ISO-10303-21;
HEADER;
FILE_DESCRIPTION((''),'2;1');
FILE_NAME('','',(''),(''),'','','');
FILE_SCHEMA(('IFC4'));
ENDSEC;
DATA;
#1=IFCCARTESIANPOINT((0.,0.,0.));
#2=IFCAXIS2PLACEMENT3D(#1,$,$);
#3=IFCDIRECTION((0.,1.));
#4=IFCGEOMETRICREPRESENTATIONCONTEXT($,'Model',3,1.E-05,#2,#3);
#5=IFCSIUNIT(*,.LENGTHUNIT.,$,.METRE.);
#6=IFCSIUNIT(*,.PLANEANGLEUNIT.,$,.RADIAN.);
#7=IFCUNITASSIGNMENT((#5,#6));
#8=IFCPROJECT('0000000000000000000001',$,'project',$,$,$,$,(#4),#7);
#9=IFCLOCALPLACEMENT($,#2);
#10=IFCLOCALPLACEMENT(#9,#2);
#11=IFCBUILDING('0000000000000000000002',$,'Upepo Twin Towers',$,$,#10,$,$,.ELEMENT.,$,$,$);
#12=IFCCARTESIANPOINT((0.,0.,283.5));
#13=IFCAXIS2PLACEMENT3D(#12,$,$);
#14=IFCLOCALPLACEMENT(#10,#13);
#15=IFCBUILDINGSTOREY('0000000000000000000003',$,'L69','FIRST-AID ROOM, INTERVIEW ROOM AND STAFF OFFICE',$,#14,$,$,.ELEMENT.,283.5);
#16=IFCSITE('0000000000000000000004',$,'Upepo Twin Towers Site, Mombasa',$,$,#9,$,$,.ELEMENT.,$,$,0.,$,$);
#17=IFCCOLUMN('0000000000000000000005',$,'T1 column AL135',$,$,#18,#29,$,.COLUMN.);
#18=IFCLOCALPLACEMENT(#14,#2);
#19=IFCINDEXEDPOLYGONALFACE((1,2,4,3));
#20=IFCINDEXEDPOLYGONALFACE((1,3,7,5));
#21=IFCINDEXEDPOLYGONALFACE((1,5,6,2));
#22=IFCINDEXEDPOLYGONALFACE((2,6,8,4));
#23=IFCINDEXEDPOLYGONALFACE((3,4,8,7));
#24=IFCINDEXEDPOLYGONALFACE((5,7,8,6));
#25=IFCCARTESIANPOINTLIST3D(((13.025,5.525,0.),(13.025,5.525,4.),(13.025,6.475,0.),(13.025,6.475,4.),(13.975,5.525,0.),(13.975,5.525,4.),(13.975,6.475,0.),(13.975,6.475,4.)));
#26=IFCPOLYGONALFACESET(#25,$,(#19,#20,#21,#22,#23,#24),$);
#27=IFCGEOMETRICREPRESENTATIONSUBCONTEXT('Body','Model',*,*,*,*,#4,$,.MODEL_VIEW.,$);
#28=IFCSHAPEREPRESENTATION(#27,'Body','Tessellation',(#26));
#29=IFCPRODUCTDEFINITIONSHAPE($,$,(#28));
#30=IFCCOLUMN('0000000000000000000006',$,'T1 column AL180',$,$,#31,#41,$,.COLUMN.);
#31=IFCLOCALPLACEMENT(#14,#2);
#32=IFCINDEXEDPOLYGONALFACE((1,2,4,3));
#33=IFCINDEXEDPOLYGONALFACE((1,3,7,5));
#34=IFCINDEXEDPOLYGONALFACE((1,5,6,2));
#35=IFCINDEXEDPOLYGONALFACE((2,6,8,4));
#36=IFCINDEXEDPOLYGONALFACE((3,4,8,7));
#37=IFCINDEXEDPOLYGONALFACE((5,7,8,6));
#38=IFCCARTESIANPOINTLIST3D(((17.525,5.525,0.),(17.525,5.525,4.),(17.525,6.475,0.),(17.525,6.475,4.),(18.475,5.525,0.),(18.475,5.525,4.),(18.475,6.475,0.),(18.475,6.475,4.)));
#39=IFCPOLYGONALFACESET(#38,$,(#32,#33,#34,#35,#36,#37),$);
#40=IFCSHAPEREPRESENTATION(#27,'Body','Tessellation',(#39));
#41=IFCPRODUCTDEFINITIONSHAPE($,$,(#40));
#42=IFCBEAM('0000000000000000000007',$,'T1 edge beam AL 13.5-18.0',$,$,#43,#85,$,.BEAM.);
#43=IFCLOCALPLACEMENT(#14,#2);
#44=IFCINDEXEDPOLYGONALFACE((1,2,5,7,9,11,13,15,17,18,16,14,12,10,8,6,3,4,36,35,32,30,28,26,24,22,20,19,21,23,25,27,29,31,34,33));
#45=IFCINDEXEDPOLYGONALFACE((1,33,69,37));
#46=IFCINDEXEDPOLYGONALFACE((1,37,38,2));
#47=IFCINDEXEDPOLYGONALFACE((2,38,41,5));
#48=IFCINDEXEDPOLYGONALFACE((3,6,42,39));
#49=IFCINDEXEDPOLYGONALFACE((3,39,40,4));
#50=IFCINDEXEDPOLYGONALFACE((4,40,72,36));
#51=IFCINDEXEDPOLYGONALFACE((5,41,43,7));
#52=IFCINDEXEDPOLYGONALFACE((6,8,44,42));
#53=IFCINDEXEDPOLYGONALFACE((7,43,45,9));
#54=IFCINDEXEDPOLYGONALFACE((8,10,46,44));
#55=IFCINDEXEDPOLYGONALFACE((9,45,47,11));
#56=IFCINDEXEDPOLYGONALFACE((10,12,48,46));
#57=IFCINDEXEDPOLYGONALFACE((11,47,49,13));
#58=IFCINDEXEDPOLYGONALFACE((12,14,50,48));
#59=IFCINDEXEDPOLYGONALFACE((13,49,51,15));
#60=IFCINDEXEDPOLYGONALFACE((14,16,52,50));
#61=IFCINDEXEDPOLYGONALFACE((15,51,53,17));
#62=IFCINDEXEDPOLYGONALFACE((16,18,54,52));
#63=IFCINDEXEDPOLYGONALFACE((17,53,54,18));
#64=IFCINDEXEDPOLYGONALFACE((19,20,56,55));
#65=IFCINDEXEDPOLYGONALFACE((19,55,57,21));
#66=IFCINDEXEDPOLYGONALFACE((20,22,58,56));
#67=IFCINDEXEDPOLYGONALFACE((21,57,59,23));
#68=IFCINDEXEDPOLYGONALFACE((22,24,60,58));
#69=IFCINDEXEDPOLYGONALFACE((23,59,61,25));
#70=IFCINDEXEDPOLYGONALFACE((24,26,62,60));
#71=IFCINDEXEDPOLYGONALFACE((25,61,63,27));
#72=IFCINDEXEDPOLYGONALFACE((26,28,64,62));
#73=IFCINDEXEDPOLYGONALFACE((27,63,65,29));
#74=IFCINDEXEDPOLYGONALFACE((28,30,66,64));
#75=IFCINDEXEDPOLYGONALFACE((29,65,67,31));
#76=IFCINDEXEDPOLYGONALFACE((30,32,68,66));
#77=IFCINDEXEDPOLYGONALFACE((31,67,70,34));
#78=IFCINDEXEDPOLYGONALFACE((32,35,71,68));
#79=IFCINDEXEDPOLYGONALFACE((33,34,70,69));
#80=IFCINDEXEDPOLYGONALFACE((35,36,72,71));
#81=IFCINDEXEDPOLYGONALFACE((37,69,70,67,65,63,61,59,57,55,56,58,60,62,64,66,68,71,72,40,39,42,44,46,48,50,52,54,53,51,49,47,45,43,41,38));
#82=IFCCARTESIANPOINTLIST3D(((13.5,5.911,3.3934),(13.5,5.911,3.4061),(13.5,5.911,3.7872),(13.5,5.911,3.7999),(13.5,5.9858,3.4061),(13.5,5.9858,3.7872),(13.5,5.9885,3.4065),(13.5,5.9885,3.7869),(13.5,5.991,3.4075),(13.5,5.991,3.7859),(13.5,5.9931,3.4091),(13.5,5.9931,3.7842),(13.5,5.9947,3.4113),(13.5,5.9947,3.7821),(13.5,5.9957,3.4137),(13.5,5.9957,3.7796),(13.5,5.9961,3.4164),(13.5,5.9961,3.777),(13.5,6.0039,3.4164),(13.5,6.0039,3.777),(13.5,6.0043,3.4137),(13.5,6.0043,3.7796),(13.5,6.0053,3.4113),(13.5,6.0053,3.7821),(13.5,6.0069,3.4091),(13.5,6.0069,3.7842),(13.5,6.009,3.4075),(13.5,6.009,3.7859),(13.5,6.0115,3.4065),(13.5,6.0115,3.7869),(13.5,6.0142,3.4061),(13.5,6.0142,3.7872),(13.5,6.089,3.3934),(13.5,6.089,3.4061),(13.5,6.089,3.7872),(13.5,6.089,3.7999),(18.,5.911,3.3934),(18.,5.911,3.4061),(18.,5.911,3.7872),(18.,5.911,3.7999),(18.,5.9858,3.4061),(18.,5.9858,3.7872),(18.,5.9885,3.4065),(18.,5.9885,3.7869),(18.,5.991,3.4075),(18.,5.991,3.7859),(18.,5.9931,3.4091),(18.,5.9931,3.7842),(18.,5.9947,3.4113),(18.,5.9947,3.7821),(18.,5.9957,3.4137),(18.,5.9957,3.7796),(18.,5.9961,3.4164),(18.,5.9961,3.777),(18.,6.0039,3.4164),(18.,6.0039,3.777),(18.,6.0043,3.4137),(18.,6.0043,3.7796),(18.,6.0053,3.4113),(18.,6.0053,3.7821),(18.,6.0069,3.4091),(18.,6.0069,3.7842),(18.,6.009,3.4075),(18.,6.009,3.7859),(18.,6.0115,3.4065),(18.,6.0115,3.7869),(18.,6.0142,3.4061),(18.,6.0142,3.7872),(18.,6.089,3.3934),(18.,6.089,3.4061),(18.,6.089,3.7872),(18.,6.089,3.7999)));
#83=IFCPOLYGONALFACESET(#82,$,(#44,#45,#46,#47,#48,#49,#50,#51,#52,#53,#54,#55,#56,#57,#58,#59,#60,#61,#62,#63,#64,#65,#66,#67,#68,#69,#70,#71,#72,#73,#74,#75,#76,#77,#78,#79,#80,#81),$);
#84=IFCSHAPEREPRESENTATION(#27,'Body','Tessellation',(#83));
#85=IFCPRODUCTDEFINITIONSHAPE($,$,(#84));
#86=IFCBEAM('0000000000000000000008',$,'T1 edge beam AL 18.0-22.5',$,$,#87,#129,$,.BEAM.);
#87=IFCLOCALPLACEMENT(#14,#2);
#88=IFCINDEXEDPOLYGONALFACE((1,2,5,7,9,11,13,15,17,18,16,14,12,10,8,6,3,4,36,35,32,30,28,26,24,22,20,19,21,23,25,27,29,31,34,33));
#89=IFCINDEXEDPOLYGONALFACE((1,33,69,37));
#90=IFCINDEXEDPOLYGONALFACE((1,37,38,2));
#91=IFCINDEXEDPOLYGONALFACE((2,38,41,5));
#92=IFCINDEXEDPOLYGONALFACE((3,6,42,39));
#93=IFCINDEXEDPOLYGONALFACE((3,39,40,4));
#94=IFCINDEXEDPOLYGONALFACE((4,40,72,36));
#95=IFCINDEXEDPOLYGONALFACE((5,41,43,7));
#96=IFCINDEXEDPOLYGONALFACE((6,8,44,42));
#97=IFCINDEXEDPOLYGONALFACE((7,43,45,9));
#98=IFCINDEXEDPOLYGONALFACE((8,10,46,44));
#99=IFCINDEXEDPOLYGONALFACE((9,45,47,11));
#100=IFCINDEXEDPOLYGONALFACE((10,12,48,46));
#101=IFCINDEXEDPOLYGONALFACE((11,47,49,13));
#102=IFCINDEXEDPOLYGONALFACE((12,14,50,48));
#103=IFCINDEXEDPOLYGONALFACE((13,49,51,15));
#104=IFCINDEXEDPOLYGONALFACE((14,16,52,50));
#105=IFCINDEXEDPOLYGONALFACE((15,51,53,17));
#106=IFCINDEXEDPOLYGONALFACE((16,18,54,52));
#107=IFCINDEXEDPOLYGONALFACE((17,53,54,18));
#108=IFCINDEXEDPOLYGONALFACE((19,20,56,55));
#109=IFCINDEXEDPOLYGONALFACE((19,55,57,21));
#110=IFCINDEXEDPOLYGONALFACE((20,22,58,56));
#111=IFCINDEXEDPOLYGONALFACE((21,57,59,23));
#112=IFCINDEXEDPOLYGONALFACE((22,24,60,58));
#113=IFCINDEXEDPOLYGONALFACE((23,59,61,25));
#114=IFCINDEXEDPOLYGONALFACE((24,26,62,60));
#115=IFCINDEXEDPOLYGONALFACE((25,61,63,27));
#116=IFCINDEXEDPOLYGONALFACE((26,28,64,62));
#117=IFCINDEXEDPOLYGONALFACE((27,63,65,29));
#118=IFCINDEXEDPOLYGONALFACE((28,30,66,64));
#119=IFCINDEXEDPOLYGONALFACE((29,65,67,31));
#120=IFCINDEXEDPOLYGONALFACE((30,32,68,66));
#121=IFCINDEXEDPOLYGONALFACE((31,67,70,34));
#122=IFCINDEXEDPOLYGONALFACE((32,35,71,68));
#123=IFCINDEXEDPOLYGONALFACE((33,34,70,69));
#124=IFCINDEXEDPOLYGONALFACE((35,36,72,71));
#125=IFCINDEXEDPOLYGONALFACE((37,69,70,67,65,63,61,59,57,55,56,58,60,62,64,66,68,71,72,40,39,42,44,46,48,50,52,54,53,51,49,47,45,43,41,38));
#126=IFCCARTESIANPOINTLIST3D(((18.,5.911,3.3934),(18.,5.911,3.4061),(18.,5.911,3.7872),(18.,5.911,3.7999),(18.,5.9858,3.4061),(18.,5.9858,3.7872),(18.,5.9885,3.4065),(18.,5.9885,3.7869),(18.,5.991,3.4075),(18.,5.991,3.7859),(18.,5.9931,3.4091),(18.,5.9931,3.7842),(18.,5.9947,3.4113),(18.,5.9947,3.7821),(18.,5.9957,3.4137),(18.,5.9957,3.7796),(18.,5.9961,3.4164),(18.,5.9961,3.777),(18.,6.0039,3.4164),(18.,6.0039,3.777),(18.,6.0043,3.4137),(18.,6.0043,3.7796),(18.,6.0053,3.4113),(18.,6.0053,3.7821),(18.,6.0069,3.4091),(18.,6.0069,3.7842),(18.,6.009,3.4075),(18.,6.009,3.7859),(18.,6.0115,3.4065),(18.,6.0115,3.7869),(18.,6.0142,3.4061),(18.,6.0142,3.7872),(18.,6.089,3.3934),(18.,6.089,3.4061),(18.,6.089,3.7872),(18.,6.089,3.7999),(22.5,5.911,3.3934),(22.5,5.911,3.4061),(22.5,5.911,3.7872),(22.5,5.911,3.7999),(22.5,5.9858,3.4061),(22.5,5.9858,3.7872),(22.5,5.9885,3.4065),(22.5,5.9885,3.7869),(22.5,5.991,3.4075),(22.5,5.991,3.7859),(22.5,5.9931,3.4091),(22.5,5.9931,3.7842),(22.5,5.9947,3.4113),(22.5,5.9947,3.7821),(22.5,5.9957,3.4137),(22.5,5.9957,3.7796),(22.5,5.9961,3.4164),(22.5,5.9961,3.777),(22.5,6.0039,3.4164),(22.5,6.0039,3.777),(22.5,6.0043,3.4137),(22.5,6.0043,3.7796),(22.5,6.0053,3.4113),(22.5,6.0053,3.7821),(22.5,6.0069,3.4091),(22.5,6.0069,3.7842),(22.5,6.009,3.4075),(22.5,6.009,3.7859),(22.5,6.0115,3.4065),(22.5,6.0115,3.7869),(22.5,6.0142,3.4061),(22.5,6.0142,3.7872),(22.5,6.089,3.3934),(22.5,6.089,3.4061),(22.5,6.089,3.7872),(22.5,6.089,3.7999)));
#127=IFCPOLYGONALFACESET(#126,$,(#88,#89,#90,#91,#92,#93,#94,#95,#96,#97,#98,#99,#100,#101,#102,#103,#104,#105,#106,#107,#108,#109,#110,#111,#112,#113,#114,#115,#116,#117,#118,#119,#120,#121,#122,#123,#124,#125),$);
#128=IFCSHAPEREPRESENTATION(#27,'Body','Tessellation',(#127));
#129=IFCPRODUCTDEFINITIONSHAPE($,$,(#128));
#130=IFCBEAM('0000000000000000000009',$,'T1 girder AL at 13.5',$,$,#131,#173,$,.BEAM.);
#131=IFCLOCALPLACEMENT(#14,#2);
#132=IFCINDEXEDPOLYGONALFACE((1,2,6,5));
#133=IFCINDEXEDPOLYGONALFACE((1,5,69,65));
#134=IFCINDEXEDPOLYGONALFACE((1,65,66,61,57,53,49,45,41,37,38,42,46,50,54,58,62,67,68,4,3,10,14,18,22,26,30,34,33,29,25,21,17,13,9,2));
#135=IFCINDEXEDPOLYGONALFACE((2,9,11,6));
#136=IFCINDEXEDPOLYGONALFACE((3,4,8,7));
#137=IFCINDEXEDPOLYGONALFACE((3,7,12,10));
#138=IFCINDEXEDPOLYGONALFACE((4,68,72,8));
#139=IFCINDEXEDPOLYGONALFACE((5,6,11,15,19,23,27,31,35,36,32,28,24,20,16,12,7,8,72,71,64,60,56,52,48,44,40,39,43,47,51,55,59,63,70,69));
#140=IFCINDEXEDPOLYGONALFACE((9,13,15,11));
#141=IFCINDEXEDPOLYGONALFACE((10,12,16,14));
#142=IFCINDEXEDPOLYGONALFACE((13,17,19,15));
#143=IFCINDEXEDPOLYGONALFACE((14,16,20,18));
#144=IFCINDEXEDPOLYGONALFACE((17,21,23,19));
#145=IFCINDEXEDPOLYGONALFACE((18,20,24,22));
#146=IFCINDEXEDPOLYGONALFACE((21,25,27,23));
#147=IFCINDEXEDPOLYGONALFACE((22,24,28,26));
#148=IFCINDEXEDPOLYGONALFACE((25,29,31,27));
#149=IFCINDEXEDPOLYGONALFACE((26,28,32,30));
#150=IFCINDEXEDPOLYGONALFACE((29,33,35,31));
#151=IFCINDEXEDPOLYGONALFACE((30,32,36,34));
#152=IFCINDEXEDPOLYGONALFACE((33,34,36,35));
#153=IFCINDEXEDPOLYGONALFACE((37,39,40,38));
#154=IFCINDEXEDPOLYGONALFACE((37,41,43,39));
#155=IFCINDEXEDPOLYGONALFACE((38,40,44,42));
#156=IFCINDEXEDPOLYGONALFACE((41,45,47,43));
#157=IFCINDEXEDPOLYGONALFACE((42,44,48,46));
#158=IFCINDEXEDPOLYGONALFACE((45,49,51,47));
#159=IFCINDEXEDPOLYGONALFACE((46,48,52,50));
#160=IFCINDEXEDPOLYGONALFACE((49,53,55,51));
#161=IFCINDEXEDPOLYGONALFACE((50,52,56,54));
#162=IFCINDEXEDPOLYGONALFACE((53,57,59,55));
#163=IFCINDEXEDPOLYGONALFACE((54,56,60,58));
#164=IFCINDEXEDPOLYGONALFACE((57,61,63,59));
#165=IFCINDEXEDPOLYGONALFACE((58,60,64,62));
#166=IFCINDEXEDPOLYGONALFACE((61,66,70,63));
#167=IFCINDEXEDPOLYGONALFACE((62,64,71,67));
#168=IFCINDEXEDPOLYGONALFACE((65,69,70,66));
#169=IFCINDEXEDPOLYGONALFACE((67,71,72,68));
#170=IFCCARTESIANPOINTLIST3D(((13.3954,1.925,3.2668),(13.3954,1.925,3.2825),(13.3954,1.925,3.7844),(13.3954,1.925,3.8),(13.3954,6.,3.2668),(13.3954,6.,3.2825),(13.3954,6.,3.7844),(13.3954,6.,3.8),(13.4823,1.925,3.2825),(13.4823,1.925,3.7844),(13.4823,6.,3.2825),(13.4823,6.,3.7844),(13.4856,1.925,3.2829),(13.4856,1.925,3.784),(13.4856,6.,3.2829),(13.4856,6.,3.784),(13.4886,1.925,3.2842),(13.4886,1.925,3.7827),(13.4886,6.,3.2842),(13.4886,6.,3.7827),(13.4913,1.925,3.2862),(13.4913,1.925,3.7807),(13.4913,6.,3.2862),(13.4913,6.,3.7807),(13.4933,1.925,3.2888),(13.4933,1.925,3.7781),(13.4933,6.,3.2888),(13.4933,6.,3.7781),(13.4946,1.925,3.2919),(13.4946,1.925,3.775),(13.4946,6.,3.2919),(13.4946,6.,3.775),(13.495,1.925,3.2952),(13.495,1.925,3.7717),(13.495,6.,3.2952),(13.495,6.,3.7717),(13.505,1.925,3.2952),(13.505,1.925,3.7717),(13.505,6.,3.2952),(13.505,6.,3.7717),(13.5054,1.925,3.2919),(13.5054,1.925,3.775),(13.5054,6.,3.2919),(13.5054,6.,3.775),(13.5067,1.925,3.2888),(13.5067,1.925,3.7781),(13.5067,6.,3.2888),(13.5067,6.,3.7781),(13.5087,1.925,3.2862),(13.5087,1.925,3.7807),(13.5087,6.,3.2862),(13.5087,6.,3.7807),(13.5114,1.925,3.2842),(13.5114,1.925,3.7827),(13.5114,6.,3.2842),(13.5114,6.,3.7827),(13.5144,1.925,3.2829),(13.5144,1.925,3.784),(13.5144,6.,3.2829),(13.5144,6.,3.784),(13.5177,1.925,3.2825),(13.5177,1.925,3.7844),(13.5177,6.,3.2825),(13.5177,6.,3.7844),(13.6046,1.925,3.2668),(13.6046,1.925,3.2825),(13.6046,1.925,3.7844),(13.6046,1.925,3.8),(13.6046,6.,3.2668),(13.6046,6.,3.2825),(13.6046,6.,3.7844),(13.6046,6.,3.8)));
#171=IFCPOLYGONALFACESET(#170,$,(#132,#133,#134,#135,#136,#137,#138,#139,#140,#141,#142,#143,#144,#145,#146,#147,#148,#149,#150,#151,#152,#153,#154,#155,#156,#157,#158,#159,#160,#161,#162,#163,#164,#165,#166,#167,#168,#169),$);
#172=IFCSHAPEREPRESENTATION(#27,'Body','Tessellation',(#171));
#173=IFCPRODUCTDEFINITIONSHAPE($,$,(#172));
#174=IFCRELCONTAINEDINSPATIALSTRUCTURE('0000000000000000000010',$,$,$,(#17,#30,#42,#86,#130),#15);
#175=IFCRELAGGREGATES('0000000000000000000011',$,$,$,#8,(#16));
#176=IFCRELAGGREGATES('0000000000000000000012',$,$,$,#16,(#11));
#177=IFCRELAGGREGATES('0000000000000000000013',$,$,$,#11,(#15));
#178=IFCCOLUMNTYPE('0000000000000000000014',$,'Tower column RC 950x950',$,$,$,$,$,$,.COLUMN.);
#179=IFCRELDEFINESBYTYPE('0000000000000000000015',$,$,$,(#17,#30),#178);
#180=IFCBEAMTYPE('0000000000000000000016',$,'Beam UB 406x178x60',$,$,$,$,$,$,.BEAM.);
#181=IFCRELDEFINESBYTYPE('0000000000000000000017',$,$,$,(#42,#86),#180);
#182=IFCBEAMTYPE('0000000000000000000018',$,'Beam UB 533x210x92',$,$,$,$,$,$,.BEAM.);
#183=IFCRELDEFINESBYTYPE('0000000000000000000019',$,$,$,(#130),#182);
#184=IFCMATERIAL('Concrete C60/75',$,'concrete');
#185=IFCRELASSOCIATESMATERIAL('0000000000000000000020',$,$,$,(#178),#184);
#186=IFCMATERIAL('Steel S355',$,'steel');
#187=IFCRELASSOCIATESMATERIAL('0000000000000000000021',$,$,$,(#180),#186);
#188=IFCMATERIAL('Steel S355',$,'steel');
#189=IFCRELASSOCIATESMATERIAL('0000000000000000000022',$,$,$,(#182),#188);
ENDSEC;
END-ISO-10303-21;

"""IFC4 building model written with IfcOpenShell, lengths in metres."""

from ifc_helpers import new_model, si_unit, direction, frame, origin, origin_2d, place, context, subcontext, project, spatial, rectangle, i_section, extrude, material, material_profile, profile_set, type_object, element, save


model = new_model("IFC4")

# Units and contexts
model_context = context("Model", 3, precision=1e-05, world=origin(), true_north=direction((0.0, 1.0)))
body_context = subcontext(model_context, "Body", "Model", "MODEL_VIEW")
ifc_project = project(units=[si_unit("LENGTHUNIT", "METRE"), si_unit("PLANEANGLEUNIT", "RADIAN")], contexts=[model_context])

# Site, building, storey
site_placement = place(None, origin())
site = spatial("IfcSite", under=ifc_project, at=site_placement, Name="Upepo Twin Towers Site, Mombasa", CompositionType="ELEMENT", RefElevation=0.0)
building_placement = place(site_placement, origin())
building = spatial("IfcBuilding", under=site, at=building_placement, Name="Upepo Twin Towers", CompositionType="ELEMENT")
storey_placement = place(building_placement, frame((0.0, 0.0, 283.5)))
storey = spatial("IfcBuildingStorey", under=building, at=storey_placement, Name="L69", Description="FIRST-AID ROOM, INTERVIEW ROOM AND STAFF OFFICE", CompositionType="ELEMENT", Elevation=283.5)

# Columns
ifc_material_1 = material(Name="Concrete C60/75", Category="concrete")
ifc_material_profile_1 = material_profile(ifc_material_1, rectangle(XDim=0.95, YDim=0.95, at=origin_2d()), Name="RC 950x950")
ifc_profile_set_1 = profile_set([ifc_material_profile_1], Name="Concrete C60/75")
column_type = type_object("IfcColumnType", Name="Tower column RC 950x950", PredefinedType="COLUMN", material=ifc_profile_set_1)
for number, where, z_axis, x_axis, name in (
    (1, (13.5, 6.0, 0.0), (0.0, 0.0, 1.0), (1.0, 0.0, 0.0), "T1 column AL135"),
    (2, (18.0, 6.0, 0.0), (0.0, 0.0, 1.0), (1.0, 0.0, 0.0), "T1 column AL180"),
):
    element("IfcColumn", number, at=place(storey_placement, frame(where, z_axis=z_axis, x_axis=x_axis)), inside=storey, type_object=column_type, Name=name, PredefinedType="COLUMN", context=body_context, shape_type="SweptSolid", body=[
        extrude(rectangle(XDim=0.95, YDim=0.95, at=origin_2d()), origin(), (0.0, 0.0, 1.0), 4.0),
    ])

# Beams
ifc_material_2 = material(Name="Steel S355", Category="steel")
ifc_material_profile_2 = material_profile(ifc_material_2, i_section(OverallWidth=0.178, OverallDepth=0.4065, WebThickness=0.0078, FlangeThickness=0.0127, FilletRadius=0.0103, at=origin_2d()), Name="UB 406x178x60")
ifc_profile_set_2 = profile_set([ifc_material_profile_2], Name="Steel S355")
beam_type_1 = type_object("IfcBeamType", Name="Beam UB 406x178x60", PredefinedType="BEAM", material=ifc_profile_set_2)
for number, where, z_axis, x_axis, name in (
    (3, (13.5, 6.0, 3.5967), (1.0, 0.0, 0.0), (0.0, 1.0, 0.0), "T1 edge beam AL 13.5-18.0"),
    (4, (18.0, 6.0, 3.5967), (1.0, 0.0, 0.0), (0.0, 1.0, 0.0), "T1 edge beam AL 18.0-22.5"),
):
    element("IfcBeam", number, at=place(storey_placement, frame(where, z_axis=z_axis, x_axis=x_axis)), inside=storey, type_object=beam_type_1, Name=name, PredefinedType="BEAM", context=body_context, shape_type="SweptSolid", body=[
        extrude(i_section(OverallWidth=0.178, OverallDepth=0.4065, WebThickness=0.0078, FlangeThickness=0.0127, FilletRadius=0.0103, at=origin_2d()), origin(), (0.0, 0.0, 1.0), 4.5),
    ])
ifc_material_3 = material(Name="Steel S355", Category="steel")
ifc_material_profile_3 = material_profile(ifc_material_3, i_section(OverallWidth=0.2092, OverallDepth=0.5332, WebThickness=0.01, FlangeThickness=0.0156, FilletRadius=0.0127, at=origin_2d()), Name="UB 533x210x92")
ifc_profile_set_3 = profile_set([ifc_material_profile_3], Name="Steel S355")
beam_type_2 = type_object("IfcBeamType", Name="Beam UB 533x210x92", PredefinedType="BEAM", material=ifc_profile_set_3)
for number, where, z_axis, x_axis, name in (
    (5, (13.5, 6.0, 3.5334), (0.0, -1.0, 0.0), (1.0, 0.0, 0.0), "T1 girder AL at 13.5"),
):
    element("IfcBeam", number, at=place(storey_placement, frame(where, z_axis=z_axis, x_axis=x_axis)), inside=storey, type_object=beam_type_2, Name=name, PredefinedType="BEAM", context=body_context, shape_type="SweptSolid", body=[
        extrude(i_section(OverallWidth=0.2092, OverallDepth=0.5332, WebThickness=0.01, FlangeThickness=0.0156, FilletRadius=0.0127, at=origin_2d()), origin(), (0.0, 0.0, 1.0), 4.075),
    ])

save(model, "model.ifc")
